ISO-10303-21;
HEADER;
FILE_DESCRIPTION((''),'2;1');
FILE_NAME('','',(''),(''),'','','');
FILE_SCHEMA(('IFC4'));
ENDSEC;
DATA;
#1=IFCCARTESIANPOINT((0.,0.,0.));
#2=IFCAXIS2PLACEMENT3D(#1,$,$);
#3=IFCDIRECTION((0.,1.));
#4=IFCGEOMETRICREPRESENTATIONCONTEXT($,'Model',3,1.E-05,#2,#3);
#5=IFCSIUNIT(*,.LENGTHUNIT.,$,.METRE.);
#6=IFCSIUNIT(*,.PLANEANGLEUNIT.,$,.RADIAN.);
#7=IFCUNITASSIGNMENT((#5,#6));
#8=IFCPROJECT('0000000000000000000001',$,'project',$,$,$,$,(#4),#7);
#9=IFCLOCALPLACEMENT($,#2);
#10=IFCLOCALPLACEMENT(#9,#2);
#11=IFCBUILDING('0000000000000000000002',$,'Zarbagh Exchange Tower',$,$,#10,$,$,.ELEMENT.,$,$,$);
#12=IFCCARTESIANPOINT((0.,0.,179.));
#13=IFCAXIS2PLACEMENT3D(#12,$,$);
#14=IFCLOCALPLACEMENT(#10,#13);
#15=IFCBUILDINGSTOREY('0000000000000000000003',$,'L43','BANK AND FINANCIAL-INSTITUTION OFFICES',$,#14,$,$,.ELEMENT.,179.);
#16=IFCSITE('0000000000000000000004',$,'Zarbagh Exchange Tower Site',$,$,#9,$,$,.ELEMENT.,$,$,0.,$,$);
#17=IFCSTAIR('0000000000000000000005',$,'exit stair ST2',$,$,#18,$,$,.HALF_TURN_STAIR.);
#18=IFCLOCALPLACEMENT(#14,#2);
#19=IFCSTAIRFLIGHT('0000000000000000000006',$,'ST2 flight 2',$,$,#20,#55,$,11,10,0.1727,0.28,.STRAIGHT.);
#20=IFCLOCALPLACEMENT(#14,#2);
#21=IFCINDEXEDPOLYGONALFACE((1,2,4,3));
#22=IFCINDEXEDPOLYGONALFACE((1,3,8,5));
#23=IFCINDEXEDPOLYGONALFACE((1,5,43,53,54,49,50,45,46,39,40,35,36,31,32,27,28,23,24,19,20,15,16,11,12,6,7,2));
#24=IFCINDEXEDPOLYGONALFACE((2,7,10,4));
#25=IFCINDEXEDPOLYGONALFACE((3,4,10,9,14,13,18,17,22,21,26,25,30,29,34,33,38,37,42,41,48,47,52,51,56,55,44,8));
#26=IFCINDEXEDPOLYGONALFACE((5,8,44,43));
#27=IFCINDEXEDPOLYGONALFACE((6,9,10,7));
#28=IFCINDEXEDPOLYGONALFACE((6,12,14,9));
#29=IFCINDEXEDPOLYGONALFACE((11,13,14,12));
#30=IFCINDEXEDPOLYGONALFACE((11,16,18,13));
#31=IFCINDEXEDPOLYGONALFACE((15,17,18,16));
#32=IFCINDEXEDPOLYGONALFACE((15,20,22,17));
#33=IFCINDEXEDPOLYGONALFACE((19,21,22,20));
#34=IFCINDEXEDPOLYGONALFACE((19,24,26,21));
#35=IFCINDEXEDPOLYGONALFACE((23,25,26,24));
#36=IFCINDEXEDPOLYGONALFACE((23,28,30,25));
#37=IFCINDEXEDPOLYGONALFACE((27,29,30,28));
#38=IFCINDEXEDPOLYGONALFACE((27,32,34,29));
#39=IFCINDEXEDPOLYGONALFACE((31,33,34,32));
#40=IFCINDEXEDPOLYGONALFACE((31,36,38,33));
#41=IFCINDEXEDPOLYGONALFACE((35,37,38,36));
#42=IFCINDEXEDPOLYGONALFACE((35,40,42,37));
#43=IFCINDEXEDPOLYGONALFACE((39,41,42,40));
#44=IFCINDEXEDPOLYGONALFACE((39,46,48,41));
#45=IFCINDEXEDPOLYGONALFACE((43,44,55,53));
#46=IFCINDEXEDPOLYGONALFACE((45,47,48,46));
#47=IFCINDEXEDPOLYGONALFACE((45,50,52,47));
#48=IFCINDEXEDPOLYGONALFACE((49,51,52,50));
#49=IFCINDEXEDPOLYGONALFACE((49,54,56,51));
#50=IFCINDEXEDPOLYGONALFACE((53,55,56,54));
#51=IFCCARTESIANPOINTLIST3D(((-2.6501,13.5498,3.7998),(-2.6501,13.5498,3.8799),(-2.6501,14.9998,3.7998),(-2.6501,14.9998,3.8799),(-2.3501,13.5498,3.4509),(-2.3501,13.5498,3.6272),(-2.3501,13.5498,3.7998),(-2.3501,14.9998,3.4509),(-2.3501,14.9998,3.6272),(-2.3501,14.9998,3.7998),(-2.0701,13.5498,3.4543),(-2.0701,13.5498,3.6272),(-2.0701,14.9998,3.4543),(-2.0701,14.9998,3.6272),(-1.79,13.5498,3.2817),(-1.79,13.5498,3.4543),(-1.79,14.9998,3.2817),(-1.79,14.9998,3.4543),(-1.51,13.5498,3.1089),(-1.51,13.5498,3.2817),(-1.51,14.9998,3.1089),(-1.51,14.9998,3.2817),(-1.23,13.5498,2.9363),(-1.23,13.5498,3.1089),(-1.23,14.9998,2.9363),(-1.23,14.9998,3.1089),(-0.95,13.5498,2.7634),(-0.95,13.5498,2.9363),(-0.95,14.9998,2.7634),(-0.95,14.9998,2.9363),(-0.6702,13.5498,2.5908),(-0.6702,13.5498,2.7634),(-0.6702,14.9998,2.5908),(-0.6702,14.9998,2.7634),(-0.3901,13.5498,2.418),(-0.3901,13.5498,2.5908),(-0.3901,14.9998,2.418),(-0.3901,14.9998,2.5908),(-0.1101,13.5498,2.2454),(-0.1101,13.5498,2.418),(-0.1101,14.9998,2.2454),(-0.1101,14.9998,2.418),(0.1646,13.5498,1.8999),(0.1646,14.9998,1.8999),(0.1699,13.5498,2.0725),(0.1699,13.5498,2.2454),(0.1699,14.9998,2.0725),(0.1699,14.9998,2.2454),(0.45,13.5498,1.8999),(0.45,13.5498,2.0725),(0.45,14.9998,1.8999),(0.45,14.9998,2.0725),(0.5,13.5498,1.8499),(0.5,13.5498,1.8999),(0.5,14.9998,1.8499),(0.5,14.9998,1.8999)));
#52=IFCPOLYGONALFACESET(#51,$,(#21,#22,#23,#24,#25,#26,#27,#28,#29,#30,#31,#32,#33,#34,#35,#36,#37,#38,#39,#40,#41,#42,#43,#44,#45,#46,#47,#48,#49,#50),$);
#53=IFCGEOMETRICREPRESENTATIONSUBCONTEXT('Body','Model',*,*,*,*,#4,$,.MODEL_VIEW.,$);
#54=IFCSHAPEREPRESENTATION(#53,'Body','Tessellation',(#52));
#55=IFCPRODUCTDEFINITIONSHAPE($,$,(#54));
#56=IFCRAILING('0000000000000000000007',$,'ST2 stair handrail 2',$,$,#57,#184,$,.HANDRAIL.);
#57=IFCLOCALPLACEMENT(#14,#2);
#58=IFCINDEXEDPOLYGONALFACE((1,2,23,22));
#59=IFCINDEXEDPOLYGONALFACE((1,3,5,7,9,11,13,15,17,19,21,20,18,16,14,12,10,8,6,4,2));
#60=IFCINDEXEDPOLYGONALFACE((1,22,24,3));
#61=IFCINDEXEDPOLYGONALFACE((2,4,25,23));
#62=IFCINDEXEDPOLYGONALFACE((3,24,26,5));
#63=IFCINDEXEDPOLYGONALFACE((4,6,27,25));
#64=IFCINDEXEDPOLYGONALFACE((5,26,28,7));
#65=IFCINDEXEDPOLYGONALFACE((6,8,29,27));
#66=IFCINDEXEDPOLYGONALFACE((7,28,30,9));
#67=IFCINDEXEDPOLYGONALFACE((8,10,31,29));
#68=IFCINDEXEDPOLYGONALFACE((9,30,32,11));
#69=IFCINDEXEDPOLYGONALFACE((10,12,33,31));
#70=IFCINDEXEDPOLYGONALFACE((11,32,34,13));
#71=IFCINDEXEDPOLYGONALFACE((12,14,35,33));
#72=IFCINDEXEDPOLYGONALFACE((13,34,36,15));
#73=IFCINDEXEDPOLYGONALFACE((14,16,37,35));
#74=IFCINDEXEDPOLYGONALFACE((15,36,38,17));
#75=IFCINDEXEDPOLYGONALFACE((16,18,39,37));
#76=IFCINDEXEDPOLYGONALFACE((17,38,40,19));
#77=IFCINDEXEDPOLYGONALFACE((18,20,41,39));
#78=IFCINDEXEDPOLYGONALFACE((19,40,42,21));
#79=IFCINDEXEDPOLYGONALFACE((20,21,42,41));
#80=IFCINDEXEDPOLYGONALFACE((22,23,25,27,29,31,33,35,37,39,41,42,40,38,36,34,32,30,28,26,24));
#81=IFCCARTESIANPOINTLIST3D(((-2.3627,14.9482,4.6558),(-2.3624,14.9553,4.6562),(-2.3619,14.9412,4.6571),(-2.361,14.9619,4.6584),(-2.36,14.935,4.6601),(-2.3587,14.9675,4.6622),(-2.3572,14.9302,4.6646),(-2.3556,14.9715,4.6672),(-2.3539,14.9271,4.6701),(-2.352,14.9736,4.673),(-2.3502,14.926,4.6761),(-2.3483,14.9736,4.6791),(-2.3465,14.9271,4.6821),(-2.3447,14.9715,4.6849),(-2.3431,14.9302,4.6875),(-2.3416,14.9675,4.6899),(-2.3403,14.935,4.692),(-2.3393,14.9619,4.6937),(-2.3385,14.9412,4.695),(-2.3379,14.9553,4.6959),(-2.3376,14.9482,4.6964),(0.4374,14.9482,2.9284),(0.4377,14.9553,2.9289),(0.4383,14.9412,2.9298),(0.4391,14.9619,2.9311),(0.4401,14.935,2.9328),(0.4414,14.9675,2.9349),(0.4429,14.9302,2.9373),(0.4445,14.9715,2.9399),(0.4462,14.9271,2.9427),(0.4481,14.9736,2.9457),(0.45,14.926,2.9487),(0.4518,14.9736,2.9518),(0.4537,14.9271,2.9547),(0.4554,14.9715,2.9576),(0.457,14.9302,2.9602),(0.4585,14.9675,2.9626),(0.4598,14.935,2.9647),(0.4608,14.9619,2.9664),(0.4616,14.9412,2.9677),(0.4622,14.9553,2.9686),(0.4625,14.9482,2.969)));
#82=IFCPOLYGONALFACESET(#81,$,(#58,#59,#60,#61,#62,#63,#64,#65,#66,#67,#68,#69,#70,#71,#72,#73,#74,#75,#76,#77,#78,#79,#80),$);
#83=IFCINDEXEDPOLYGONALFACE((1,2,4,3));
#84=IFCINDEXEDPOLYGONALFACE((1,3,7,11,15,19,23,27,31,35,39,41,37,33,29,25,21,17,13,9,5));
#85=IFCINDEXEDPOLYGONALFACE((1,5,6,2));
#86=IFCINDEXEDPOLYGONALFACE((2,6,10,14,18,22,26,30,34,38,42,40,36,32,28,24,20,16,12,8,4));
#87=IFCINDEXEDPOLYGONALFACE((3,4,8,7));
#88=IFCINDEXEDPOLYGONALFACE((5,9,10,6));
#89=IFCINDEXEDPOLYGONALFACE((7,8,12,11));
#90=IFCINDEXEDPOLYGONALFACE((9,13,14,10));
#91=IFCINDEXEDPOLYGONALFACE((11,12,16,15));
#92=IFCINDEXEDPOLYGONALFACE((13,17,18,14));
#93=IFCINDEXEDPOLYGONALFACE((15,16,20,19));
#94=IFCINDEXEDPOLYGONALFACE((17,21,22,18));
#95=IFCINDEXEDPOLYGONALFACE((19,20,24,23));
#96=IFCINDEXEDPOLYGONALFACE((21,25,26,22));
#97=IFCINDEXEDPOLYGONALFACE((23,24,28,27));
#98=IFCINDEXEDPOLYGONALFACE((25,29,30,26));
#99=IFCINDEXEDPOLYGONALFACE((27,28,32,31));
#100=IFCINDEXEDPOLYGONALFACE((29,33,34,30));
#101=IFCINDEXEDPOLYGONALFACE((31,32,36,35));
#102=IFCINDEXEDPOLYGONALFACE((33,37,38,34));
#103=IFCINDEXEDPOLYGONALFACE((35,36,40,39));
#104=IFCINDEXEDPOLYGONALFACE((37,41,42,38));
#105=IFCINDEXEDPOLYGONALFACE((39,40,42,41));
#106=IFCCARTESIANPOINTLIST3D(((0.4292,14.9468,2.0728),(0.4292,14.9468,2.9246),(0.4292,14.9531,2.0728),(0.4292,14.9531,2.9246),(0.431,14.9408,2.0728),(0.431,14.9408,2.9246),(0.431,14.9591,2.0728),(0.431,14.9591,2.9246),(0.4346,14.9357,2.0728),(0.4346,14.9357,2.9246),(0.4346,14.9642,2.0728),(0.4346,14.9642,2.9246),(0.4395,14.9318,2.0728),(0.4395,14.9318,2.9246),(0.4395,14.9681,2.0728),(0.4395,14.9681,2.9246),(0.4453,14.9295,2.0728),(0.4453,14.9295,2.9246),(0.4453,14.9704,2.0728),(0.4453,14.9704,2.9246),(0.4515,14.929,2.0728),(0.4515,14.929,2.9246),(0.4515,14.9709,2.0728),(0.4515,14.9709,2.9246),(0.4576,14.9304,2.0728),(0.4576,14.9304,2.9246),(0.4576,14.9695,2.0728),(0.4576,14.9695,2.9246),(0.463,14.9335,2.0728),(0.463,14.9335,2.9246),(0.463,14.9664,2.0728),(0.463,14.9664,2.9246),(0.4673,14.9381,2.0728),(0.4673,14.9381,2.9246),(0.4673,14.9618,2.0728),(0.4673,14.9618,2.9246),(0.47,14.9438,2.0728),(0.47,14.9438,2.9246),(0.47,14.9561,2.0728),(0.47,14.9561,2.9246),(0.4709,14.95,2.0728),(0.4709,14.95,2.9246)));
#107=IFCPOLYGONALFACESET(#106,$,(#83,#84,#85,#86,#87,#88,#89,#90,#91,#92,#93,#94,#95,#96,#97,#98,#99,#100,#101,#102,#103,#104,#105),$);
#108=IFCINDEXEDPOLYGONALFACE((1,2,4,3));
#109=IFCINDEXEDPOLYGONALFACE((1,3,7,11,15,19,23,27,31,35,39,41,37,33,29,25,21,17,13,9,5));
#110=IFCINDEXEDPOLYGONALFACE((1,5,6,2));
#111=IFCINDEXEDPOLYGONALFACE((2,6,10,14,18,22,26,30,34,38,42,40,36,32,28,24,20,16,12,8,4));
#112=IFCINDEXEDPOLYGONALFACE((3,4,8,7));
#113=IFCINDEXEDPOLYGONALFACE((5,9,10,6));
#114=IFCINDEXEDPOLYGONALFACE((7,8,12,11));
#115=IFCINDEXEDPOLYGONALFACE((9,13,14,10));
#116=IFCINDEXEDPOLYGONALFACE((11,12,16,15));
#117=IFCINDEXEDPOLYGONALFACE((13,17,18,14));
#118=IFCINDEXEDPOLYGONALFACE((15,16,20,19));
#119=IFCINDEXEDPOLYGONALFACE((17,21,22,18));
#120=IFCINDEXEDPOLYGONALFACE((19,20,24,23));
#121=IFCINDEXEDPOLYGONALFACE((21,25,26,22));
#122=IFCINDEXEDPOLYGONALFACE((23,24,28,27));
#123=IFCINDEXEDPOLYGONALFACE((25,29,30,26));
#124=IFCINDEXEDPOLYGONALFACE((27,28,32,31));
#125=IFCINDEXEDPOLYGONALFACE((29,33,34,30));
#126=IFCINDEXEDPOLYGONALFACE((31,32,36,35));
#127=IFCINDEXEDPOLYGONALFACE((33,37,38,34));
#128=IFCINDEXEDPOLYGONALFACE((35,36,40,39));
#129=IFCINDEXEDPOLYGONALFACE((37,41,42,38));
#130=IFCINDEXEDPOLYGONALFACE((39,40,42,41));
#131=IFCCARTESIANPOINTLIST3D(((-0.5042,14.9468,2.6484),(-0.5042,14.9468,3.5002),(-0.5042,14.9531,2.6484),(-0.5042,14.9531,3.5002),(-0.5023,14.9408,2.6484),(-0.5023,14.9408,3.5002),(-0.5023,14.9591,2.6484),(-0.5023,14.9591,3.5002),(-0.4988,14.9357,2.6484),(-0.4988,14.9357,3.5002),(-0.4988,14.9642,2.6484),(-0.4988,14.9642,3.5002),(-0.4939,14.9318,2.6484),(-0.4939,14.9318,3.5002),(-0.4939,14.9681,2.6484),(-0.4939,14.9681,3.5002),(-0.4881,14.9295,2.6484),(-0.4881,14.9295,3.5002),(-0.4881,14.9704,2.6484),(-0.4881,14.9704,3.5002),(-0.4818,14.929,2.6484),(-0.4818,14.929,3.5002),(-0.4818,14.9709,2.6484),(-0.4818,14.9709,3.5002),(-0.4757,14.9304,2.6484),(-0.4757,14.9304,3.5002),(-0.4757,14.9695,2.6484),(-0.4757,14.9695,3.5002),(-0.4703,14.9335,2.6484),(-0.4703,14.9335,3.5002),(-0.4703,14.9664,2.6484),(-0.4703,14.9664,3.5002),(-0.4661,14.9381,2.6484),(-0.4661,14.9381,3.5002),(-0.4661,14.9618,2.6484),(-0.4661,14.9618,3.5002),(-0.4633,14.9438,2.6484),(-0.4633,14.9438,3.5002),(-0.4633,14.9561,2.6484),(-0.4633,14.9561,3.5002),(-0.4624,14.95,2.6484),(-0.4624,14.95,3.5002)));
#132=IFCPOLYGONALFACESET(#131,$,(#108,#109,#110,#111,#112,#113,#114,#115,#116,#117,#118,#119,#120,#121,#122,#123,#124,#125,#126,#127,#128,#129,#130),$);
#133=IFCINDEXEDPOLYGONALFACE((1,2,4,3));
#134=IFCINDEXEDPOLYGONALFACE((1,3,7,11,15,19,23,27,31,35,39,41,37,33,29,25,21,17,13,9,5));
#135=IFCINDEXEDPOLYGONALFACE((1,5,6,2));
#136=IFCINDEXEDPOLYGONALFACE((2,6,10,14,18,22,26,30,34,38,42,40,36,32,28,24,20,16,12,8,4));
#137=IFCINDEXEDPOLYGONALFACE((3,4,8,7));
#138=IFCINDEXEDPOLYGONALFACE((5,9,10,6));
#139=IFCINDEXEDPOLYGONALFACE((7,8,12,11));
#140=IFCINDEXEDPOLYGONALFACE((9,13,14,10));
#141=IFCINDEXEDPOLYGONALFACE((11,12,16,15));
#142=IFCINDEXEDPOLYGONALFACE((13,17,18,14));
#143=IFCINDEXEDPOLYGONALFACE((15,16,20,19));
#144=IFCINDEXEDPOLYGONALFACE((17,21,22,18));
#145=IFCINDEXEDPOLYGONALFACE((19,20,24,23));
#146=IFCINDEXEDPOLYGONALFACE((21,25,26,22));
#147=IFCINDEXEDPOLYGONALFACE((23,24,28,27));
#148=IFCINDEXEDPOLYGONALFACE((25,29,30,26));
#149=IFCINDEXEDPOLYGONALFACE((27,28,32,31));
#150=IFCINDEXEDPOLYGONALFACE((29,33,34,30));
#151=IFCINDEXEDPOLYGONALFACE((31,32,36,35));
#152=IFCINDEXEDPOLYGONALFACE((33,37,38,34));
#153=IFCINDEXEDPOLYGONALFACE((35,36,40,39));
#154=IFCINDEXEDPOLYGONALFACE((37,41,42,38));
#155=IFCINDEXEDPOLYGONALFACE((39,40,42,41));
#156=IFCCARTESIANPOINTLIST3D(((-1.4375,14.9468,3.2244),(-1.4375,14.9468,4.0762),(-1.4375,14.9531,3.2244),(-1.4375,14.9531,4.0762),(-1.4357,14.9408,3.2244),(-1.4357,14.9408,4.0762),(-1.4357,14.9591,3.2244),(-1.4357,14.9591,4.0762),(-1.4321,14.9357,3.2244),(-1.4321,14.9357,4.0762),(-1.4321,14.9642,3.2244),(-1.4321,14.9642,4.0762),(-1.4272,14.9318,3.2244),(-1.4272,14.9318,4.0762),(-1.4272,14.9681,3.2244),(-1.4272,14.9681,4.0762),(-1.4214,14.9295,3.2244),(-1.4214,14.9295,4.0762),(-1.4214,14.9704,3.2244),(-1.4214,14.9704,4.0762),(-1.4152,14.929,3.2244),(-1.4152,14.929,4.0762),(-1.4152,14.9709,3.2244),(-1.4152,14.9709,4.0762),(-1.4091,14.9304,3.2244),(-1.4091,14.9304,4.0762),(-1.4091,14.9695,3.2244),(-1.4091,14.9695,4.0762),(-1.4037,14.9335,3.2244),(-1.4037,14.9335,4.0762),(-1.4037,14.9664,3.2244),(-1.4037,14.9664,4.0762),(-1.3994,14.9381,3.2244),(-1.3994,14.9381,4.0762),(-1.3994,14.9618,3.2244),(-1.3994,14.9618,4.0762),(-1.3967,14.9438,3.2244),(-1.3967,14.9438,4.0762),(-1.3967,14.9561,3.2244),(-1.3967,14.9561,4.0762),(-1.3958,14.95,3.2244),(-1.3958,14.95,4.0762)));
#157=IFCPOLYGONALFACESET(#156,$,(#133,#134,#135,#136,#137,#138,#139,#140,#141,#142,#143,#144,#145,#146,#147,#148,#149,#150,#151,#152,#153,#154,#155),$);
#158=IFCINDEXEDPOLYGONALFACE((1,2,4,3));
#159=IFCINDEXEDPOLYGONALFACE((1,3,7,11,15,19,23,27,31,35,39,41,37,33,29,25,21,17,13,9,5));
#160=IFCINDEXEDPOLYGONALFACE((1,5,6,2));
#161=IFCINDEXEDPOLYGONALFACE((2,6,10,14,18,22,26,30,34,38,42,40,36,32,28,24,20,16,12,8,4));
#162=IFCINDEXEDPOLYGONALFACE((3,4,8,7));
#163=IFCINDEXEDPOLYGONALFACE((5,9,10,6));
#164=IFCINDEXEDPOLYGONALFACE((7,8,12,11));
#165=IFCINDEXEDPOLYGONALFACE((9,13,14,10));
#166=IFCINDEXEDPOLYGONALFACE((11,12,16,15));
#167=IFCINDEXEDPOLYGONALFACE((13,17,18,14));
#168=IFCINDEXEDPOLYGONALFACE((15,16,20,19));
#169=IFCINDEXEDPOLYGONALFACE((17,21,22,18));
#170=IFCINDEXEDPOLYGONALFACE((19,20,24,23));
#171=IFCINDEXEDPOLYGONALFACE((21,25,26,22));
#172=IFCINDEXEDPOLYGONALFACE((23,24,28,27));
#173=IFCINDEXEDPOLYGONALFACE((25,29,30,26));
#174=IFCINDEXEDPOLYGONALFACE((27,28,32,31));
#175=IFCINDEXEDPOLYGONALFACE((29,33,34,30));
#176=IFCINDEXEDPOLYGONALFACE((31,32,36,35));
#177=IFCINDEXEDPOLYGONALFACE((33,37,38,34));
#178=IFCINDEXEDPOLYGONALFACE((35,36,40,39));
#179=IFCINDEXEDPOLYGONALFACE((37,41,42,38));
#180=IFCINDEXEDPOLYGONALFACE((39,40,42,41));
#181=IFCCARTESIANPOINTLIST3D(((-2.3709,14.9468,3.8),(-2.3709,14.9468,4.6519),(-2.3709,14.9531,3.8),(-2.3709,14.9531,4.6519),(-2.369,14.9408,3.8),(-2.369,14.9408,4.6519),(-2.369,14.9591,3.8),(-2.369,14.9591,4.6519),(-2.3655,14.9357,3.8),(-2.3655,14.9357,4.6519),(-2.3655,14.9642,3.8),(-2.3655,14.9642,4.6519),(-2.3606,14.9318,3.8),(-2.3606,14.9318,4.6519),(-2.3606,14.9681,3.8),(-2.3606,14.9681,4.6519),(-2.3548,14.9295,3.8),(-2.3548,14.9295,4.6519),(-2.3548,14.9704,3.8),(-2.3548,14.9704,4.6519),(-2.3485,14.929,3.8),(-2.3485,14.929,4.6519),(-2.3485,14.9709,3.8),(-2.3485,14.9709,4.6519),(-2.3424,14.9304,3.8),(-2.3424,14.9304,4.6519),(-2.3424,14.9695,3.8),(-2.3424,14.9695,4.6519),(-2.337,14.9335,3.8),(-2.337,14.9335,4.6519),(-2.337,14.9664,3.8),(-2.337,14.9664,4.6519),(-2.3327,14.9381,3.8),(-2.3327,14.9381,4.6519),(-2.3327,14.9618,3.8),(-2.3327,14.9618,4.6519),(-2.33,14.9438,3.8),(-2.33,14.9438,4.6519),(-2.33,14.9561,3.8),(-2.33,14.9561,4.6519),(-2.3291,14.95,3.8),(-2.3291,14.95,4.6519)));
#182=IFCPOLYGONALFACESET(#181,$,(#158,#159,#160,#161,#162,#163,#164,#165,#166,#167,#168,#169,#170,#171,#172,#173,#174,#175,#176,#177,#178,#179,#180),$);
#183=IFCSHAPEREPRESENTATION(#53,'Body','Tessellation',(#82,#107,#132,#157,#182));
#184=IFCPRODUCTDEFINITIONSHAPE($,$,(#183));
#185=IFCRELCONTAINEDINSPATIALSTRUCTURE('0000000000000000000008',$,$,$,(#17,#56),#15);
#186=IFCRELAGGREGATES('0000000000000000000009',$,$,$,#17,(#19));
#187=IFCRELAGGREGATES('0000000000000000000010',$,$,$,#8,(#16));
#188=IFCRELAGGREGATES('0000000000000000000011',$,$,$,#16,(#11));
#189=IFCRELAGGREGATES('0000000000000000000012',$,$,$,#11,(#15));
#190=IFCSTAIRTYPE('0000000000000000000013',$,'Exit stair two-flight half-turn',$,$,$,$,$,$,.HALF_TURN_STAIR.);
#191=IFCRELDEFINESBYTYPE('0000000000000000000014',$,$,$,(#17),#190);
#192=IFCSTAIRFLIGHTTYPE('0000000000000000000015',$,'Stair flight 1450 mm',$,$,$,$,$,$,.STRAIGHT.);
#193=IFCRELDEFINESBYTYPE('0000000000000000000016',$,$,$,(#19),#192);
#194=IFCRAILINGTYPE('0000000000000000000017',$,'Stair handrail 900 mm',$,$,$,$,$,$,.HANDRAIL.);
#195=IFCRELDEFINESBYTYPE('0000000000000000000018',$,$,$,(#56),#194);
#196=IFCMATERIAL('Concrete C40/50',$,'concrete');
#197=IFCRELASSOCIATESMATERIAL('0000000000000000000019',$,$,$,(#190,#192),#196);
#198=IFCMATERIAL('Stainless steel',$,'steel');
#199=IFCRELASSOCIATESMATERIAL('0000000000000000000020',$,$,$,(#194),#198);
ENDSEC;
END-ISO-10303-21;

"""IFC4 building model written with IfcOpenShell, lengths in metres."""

from ifc_helpers import new_model, si_unit, direction, frame, origin, origin_2d, place, context, subcontext, project, spatial, polyline, circle, outline, extrude, material, type_object, element, aggregate, save


model = new_model("IFC4")

# Units and contexts
model_context = context("Model", 3, precision=1e-05, world=origin(), true_north=direction((0.0, 1.0)))
body_context = subcontext(model_context, "Body", "Model", "MODEL_VIEW")
ifc_project = project(units=[si_unit("LENGTHUNIT", "METRE"), si_unit("PLANEANGLEUNIT", "RADIAN")], contexts=[model_context])

# Site, building, storey
site_placement = place(None, origin())
site = spatial("IfcSite", under=ifc_project, at=site_placement, Name="Zarbagh Exchange Tower Site", CompositionType="ELEMENT", RefElevation=0.0)
building_placement = place(site_placement, origin())
building = spatial("IfcBuilding", under=site, at=building_placement, Name="Zarbagh Exchange Tower", CompositionType="ELEMENT")
storey_placement = place(building_placement, frame((0.0, 0.0, 179.0)))
storey = spatial("IfcBuildingStorey", under=building, at=storey_placement, Name="L43", Description="BANK AND FINANCIAL-INSTITUTION OFFICES", CompositionType="ELEMENT", Elevation=179.0)

# Stair
ifc_material_1 = material(Name="Concrete C40/50", Category="concrete")
stair_type = type_object("IfcStairType", Name="Exit stair two-flight half-turn", PredefinedType="HALF_TURN_STAIR", material=ifc_material_1)
stair_1_placement = place(storey_placement, origin())
stair_1 = element("IfcStair", 1, at=stair_1_placement, inside=storey, type_object=stair_type, Name="exit stair ST2", PredefinedType="HALF_TURN_STAIR")

# Shared definitions
ifc_material_2 = material(Name="Stainless steel", Category="steel")

# Stair flight
stair_flight_type = type_object("IfcStairFlightType", Name="Stair flight 1450 mm", PredefinedType="STRAIGHT", material=ifc_material_1)
stair_flight_placement = place(storey_placement, frame((0.45, 14.2749, 1.8999), z_axis=(0.0, 0.0, 1.0), x_axis=(-1.0, 0.0, 0.0)))
stair_flight = element("IfcStairFlight", 2, at=stair_flight_placement, type_object=stair_flight_type, Name="ST2 flight 2", NumberOfRisers=11, NumberOfTreads=10, PredefinedType="STRAIGHT", RiserHeight=0.1727, TreadLength=0.28, context=body_context, shape_type="SweptSolid", body=[
    extrude(outline(polyline([(-0.05, -0.05), (-0.05, 0.0), (0.0, 0.0), (0.0, 0.1726), (0.28, 0.1726), (0.28, 0.3455), (0.5601, 0.3455), (0.5601, 0.5181), (0.8401, 0.5181), (0.8401, 0.6909), (1.1201, 0.6909), (1.1201, 0.8635), (1.3999, 0.8635), (1.3999, 1.0364), (1.6799, 1.0364), (1.6799, 1.209), (1.96, 1.209), (1.96, 1.3818), (2.24, 1.3818), (2.24, 1.5544), (2.52, 1.5544), (2.52, 1.7273), (2.8, 1.7273), (2.8, 1.8999), (3.1001, 1.98), (3.1001, 1.8999), (2.8, 1.551), (0.2854, 0.0), (-0.05, -0.05)])), frame((0.0, 0.7251, 0.0), z_axis=(0.0, -1.0, 0.0), x_axis=(1.0, 0.0, 0.0)), (0.0, 0.0, 1.0), 1.45),
])
aggregate(stair_1, [stair_flight])

# Railing
railing_type_1 = type_object("IfcRailingType", Name="Stair handrail 900 mm", PredefinedType="HANDRAIL", material=ifc_material_2)
railing_1_placement = place(storey_placement, frame((0.45, 14.95, 2.0728)))
element("IfcRailing", 3, at=railing_1_placement, inside=storey, type_object=railing_type_1, Name="ST2 stair handrail 2", PredefinedType="HANDRAIL", context=body_context, shape_type="SweptSolid", body=[
    extrude(circle(Radius=0.0239, at=origin_2d()), frame((0.0, 0.0, 0.876), z_axis=(-0.85109, 0.0, 0.52502), x_axis=(0.0, -1.0, 0.0)), (0.0, 0.0, 1.0), 3.29),
    extrude(circle(Radius=0.021, at=origin_2d()), origin(), (0.0, 0.0, 1.0), 0.8518),
    extrude(circle(Radius=0.021, at=origin_2d()), frame((-0.9333, 0.0, 0.5757)), (0.0, 0.0, 1.0), 0.8518),
    extrude(circle(Radius=0.021, at=origin_2d()), frame((-1.8667, 0.0, 1.1516)), (0.0, 0.0, 1.0), 0.8518),
    extrude(circle(Radius=0.021, at=origin_2d()), frame((-2.8, 0.0, 1.7273)), (0.0, 0.0, 1.0), 0.8518),
])

save(model, "model.ifc")
